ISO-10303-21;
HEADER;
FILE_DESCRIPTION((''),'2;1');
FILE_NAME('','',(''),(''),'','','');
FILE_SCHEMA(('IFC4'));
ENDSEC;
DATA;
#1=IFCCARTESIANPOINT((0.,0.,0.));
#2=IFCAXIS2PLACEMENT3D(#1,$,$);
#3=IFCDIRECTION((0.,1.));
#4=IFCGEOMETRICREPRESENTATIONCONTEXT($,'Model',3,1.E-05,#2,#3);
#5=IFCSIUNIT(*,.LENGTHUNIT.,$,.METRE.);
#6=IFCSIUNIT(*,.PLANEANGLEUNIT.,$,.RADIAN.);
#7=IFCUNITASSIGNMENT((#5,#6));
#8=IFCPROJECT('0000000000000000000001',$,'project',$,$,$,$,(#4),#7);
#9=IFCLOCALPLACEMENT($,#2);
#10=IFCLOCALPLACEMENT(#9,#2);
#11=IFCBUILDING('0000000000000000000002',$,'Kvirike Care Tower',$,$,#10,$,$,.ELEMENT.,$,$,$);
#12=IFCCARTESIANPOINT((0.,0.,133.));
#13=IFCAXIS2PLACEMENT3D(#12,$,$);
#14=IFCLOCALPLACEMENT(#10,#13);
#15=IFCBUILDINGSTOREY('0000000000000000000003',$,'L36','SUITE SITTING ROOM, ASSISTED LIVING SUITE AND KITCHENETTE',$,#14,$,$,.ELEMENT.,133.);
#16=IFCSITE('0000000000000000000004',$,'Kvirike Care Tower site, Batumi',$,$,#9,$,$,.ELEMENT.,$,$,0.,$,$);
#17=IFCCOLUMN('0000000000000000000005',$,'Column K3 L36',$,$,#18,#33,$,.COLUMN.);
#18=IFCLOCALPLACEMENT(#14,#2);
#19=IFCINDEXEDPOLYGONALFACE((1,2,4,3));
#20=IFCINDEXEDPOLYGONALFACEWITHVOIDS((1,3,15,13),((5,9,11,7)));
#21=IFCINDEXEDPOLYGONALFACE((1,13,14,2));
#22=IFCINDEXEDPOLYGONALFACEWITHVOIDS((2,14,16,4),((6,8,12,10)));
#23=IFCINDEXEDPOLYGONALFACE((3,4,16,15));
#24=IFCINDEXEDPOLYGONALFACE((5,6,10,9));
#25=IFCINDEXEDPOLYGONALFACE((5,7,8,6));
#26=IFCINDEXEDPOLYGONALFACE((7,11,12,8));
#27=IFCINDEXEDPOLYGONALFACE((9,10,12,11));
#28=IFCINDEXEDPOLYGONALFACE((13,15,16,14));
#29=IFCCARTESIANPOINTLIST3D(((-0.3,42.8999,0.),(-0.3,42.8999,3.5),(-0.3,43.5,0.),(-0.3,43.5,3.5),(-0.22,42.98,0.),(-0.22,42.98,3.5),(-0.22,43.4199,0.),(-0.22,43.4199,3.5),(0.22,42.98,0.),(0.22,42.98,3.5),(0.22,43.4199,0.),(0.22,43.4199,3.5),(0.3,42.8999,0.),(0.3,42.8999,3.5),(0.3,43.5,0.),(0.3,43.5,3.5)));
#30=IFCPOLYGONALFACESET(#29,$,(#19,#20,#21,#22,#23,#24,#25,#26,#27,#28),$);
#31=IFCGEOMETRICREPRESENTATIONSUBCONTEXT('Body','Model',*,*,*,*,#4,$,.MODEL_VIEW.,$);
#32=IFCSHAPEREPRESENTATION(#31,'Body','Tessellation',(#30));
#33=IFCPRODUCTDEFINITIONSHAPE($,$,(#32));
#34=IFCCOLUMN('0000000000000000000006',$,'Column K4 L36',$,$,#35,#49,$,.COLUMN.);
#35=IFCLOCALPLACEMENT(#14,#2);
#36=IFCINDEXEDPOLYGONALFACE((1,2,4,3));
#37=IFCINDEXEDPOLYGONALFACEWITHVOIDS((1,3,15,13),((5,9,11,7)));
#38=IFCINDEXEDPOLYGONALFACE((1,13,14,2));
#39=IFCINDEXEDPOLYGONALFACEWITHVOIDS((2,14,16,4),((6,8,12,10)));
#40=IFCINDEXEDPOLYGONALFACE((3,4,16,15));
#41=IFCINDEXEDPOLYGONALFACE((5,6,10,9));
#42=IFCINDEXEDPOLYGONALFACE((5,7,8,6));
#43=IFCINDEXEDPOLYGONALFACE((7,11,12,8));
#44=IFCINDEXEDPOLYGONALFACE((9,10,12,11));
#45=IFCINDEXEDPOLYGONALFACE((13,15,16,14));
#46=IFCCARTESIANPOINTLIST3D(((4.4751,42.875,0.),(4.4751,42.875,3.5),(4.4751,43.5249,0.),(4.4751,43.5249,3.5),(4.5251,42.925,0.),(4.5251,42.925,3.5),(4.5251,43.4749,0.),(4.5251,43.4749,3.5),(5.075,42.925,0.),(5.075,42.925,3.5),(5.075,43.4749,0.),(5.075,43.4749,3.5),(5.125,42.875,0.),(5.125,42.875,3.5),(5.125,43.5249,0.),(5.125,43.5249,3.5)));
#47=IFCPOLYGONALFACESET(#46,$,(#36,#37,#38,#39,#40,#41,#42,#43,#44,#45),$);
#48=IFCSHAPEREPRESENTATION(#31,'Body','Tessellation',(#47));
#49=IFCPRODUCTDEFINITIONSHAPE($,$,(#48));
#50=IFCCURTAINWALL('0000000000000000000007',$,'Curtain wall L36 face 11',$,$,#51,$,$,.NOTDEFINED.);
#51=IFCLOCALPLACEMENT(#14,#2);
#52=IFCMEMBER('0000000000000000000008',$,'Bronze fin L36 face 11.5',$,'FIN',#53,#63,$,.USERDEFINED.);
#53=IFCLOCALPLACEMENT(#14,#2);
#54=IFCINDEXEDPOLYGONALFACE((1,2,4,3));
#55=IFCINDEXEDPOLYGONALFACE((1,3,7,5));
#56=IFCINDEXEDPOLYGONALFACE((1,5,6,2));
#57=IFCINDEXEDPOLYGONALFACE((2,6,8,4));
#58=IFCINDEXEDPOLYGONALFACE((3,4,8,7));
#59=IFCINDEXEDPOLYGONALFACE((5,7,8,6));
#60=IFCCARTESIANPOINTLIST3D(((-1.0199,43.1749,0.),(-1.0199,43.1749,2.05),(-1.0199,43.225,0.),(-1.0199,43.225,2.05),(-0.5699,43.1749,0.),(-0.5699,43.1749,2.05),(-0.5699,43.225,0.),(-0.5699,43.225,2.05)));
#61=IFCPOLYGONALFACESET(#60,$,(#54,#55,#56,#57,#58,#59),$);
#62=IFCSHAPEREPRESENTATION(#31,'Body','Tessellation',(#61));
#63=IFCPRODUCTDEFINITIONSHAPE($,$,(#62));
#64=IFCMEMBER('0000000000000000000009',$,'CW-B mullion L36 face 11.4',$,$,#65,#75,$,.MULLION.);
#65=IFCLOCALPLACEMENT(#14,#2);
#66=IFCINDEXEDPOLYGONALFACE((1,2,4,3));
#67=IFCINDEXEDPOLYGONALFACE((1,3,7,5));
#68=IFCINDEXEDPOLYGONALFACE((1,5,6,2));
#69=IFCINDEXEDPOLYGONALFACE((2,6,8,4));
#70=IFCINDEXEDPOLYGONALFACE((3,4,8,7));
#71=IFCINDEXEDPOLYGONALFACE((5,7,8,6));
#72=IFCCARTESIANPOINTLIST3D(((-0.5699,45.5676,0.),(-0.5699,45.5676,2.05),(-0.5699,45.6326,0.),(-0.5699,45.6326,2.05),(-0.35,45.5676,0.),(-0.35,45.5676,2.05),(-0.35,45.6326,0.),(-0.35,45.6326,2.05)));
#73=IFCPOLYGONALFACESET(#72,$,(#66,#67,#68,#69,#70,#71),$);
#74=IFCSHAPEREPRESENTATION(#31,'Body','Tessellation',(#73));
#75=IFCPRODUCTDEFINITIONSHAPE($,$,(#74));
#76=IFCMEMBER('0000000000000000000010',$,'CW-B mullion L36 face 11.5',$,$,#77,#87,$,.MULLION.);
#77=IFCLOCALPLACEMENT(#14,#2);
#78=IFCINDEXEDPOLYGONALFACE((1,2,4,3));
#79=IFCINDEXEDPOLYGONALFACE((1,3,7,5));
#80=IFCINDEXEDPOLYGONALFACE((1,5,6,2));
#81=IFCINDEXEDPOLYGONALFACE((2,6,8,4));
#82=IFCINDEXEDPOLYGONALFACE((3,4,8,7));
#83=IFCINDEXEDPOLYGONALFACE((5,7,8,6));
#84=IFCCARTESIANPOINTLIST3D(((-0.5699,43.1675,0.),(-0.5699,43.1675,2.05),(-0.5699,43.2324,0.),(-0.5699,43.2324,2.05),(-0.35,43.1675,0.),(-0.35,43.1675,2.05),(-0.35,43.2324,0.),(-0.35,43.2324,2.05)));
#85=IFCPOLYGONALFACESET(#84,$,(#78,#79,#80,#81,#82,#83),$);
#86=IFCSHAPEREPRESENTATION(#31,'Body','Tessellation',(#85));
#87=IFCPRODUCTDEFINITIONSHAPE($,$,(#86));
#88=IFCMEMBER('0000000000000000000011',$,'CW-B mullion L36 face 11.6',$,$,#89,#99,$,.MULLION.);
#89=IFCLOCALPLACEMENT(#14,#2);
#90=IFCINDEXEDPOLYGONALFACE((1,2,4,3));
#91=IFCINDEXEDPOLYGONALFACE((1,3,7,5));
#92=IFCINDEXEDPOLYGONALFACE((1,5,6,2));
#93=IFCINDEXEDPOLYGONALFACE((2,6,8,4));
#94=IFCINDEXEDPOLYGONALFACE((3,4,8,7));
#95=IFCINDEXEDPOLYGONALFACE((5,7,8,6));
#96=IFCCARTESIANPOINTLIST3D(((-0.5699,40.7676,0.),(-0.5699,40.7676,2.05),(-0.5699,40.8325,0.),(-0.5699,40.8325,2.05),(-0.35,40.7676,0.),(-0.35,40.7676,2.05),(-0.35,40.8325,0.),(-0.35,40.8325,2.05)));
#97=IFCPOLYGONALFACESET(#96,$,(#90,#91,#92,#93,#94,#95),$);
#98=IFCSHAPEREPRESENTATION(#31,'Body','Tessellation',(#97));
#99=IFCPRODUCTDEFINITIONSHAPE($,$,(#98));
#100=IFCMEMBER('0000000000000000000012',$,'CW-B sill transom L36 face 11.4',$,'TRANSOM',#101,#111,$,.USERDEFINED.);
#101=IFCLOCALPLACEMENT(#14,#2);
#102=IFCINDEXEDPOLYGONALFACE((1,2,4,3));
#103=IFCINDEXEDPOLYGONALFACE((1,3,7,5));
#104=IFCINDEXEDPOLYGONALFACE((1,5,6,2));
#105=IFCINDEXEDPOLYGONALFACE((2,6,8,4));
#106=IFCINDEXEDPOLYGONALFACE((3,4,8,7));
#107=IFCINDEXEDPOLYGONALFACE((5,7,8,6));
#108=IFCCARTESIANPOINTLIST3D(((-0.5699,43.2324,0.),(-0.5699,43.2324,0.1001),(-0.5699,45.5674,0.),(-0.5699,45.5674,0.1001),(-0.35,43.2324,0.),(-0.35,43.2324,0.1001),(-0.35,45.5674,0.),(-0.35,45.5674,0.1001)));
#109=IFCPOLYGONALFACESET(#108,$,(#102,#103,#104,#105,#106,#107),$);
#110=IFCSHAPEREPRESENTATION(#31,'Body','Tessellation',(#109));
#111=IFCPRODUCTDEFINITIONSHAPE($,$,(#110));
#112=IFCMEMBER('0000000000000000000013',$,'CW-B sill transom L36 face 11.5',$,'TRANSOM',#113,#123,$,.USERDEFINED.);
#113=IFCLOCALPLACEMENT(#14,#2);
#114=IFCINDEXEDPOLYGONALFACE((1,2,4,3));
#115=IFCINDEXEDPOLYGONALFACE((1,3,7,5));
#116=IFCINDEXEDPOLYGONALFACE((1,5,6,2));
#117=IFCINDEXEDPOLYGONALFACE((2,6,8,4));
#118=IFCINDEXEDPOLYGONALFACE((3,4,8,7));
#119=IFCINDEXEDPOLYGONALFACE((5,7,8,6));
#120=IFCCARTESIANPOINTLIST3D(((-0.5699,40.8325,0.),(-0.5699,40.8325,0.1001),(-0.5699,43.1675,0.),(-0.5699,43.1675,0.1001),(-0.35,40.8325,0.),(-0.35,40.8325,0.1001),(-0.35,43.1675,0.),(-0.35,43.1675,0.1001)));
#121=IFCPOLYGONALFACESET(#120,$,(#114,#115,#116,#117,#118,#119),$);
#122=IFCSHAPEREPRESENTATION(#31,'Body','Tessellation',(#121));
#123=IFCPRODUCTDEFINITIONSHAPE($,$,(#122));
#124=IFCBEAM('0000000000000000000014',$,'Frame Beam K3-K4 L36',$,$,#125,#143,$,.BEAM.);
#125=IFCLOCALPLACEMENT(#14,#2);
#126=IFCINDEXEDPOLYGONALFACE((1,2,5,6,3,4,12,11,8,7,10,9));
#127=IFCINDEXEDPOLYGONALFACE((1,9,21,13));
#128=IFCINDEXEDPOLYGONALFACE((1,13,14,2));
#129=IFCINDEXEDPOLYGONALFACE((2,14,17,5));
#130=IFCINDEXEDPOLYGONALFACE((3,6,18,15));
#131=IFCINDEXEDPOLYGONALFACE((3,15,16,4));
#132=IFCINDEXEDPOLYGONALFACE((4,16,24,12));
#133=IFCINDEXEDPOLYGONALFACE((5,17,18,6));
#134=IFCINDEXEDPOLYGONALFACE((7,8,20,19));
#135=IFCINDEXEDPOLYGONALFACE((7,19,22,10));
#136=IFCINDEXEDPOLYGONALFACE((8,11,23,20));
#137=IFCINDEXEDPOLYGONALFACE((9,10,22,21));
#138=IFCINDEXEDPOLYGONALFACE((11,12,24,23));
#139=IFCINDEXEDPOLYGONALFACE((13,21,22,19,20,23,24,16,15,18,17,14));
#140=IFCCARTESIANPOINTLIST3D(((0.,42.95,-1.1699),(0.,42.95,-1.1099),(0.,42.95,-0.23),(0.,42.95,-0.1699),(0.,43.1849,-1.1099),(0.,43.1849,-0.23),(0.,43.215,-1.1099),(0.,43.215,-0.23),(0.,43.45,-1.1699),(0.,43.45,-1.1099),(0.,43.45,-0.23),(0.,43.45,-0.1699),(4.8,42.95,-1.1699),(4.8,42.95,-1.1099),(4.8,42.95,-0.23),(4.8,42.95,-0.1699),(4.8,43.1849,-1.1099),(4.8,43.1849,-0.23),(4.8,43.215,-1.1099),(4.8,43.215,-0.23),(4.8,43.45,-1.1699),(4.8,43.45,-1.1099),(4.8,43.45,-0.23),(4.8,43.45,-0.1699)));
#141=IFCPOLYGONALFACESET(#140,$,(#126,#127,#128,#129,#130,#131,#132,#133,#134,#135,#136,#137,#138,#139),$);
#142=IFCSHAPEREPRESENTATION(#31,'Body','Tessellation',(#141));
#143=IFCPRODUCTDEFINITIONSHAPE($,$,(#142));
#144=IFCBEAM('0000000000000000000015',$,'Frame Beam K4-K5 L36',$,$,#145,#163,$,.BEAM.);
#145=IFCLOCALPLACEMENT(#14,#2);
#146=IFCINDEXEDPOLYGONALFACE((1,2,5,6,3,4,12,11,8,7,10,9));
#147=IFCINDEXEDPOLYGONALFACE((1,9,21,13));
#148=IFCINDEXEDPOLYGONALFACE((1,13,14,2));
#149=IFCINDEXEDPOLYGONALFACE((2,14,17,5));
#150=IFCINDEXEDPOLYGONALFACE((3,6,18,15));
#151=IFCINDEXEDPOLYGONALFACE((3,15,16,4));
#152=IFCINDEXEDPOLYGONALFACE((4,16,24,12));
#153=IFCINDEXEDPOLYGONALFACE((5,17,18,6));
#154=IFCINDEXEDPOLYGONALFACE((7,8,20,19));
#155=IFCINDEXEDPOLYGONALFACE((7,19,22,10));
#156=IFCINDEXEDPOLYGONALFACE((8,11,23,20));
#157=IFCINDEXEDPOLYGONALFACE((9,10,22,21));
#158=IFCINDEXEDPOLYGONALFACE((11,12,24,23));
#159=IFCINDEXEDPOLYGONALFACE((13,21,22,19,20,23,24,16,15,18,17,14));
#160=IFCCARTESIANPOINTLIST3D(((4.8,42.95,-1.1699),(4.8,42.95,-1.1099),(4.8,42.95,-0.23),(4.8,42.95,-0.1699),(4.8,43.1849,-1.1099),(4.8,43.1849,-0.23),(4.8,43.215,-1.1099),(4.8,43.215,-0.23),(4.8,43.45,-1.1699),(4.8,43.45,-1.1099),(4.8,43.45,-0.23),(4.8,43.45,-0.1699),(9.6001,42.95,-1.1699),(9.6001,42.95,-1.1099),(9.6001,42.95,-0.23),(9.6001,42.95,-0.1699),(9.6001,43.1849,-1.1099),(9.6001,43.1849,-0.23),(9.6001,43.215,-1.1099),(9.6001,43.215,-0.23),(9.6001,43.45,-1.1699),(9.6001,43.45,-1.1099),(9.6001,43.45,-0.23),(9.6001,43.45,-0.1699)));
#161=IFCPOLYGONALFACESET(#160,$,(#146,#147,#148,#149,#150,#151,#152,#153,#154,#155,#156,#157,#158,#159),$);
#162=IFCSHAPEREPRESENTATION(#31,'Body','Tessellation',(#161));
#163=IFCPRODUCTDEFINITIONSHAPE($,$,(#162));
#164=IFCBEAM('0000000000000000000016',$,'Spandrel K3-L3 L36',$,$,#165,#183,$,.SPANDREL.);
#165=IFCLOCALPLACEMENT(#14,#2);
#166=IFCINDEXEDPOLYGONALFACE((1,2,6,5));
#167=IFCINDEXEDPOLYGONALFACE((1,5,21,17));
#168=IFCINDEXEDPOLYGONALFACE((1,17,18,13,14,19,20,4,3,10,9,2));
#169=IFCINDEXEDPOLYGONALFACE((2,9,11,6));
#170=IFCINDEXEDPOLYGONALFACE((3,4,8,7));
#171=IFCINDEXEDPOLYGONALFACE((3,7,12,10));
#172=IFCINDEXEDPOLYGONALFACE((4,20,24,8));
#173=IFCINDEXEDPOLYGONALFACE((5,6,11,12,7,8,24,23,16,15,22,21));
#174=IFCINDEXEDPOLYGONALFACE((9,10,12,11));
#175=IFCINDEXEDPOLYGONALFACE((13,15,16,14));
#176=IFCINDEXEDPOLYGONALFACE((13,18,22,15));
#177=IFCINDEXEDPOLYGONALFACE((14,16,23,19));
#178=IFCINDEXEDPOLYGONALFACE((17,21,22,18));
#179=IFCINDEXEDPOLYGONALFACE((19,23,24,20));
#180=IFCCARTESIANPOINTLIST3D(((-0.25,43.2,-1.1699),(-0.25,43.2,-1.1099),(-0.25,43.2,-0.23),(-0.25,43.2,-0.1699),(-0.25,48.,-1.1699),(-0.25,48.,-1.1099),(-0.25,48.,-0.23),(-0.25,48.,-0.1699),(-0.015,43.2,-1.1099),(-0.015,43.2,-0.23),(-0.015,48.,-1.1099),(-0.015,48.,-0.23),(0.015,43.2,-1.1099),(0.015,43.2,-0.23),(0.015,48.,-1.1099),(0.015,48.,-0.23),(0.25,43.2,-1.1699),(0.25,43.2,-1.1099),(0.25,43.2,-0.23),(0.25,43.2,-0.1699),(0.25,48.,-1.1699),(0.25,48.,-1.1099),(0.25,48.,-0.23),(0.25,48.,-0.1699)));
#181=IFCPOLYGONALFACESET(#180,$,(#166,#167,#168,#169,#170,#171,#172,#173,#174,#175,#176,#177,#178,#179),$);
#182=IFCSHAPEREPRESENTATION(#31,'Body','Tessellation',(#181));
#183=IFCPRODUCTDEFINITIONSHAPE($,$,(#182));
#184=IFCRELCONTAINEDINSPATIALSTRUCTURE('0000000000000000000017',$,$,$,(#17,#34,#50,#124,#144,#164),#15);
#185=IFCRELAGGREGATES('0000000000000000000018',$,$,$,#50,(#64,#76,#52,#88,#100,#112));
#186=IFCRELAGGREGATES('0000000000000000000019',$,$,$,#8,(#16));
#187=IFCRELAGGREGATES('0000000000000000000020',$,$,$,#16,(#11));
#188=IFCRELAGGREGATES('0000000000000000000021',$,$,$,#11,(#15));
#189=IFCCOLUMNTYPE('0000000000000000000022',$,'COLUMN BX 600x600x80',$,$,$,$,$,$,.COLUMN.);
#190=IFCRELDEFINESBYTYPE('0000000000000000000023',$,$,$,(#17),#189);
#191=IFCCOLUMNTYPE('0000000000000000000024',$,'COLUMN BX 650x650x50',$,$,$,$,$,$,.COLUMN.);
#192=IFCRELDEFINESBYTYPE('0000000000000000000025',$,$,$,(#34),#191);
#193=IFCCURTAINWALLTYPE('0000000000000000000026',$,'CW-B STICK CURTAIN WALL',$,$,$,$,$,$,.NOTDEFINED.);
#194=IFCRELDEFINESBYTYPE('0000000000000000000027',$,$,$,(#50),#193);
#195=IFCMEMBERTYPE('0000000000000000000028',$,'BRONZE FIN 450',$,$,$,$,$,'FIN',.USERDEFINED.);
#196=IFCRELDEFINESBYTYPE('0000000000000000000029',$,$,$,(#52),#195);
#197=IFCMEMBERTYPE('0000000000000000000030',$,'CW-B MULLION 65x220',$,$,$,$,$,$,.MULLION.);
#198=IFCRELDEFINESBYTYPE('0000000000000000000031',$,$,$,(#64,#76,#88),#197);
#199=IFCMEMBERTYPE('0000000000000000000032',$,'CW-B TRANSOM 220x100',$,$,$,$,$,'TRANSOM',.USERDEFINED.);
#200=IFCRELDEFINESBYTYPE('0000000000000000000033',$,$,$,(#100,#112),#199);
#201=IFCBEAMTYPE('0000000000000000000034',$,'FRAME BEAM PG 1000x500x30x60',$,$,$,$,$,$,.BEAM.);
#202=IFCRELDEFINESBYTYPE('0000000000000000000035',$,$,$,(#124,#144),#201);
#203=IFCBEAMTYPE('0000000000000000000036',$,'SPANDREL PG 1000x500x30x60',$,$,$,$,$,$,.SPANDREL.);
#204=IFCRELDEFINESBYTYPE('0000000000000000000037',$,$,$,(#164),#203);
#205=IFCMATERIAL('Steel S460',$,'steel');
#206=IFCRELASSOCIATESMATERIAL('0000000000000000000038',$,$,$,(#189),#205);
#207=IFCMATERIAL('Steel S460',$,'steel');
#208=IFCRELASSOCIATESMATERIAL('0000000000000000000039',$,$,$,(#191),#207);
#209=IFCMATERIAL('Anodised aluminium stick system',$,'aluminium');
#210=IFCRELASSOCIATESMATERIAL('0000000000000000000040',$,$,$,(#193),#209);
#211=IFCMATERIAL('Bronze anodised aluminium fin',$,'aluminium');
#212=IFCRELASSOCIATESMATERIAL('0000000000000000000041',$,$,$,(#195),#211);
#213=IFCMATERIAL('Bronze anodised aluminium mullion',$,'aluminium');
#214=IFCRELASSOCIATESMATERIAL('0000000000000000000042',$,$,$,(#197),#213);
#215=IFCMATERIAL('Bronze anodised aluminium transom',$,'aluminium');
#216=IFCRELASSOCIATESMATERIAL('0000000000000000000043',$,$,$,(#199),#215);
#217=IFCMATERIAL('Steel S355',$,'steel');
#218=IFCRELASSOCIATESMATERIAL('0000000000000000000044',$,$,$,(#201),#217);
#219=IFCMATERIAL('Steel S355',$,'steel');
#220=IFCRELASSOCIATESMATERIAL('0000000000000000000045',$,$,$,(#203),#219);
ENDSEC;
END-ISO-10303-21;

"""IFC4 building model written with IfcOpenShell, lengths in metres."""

from ifc_helpers import new_model, si_unit, direction, frame, origin, origin_2d, place, context, subcontext, project, spatial, rectangle, hollow_rectangle, i_section, extrude, material, material_profile, profile_set, type_object, element, aggregate, save


model = new_model("IFC4")

# Units and contexts
model_context = context("Model", 3, precision=1e-05, world=origin(), true_north=direction((0.0, 1.0)))
body_context = subcontext(model_context, "Body", "Model", "MODEL_VIEW")
ifc_project = project(units=[si_unit("LENGTHUNIT", "METRE"), si_unit("PLANEANGLEUNIT", "RADIAN")], contexts=[model_context])

# Site, building, storey
site_placement = place(None, origin())
site = spatial("IfcSite", under=ifc_project, at=site_placement, Name="Kvirike Care Tower site, Batumi", CompositionType="ELEMENT", RefElevation=0.0)
building_placement = place(site_placement, origin())
building = spatial("IfcBuilding", under=site, at=building_placement, Name="Kvirike Care Tower", CompositionType="ELEMENT")
storey_placement = place(building_placement, frame((0.0, 0.0, 133.0)))
storey = spatial("IfcBuildingStorey", under=building, at=storey_placement, Name="L36", Description="SUITE SITTING ROOM, ASSISTED LIVING SUITE AND KITCHENETTE", CompositionType="ELEMENT", Elevation=133.0)

# Columns
ifc_material_1 = material(Name="Steel S460", Category="steel")
ifc_material_profile_1 = material_profile(ifc_material_1, hollow_rectangle(XDim=0.6001, YDim=0.6001, WallThickness=0.0801, at=origin_2d()), Name="BX 600x600x80")
ifc_profile_set_1 = profile_set([ifc_material_profile_1], Name="Steel S460")
column_type_1 = type_object("IfcColumnType", Name="COLUMN BX 600x600x80", PredefinedType="COLUMN", material=ifc_profile_set_1)
column_1_placement = place(storey_placement, frame((0.0, 43.2, 0.0), z_axis=(0.0, 0.0, 1.0), x_axis=(0.0, 1.0, 0.0)))
element("IfcColumn", 1, at=column_1_placement, inside=storey, type_object=column_type_1, Name="Column K3 L36", PredefinedType="COLUMN", context=body_context, shape_type="SweptSolid", body=[
    extrude(hollow_rectangle(XDim=0.6001, YDim=0.6001, WallThickness=0.0801, at=origin_2d()), origin(), (0.0, 0.0, 1.0), 3.5),
])
ifc_material_2 = material(Name="Steel S460", Category="steel")
ifc_material_profile_2 = material_profile(ifc_material_2, hollow_rectangle(XDim=0.6499, YDim=0.6499, WallThickness=0.05, at=origin_2d()), Name="BX 650x650x50")
ifc_profile_set_2 = profile_set([ifc_material_profile_2], Name="Steel S460")
column_type_2 = type_object("IfcColumnType", Name="COLUMN BX 650x650x50", PredefinedType="COLUMN", material=ifc_profile_set_2)
column_2_placement = place(storey_placement, frame((4.8, 43.2, 0.0), z_axis=(0.0, 0.0, 1.0), x_axis=(0.0, 1.0, 0.0)))
element("IfcColumn", 2, at=column_2_placement, inside=storey, type_object=column_type_2, Name="Column K4 L36", PredefinedType="COLUMN", context=body_context, shape_type="SweptSolid", body=[
    extrude(hollow_rectangle(XDim=0.6499, YDim=0.6499, WallThickness=0.05, at=origin_2d()), origin(), (0.0, 0.0, 1.0), 3.5),
])

# Curtain wall, members
ifc_material_3 = material(Name="Anodised aluminium stick system", Category="aluminium")
curtain_wall_type = type_object("IfcCurtainWallType", Name="CW-B STICK CURTAIN WALL", PredefinedType="NOTDEFINED", material=ifc_material_3)
curtain_wall_placement = place(storey_placement, origin())
curtain_wall = element("IfcCurtainWall", 3, at=curtain_wall_placement, inside=storey, type_object=curtain_wall_type, Name="Curtain wall L36 face 11", PredefinedType="NOTDEFINED")
ifc_material_4 = material(Name="Bronze anodised aluminium fin", Category="aluminium")
ifc_material_profile_3 = material_profile(ifc_material_4, rectangle(XDim=0.05, YDim=0.45, at=origin_2d()), Name="BRONZE FIN 450")
ifc_profile_set_3 = profile_set([ifc_material_profile_3], Name="Bronze anodised aluminium fin")
member_type_1 = type_object("IfcMemberType", Name="BRONZE FIN 450", ElementType="FIN", PredefinedType="USERDEFINED", material=ifc_profile_set_3)
member_1_placement = place(storey_placement, frame((-0.7949, 43.2, 0.0), z_axis=(0.0, 0.0, 1.0), x_axis=(0.0, -1.0, 0.0)))
member_1 = element("IfcMember", 4, at=member_1_placement, type_object=member_type_1, Name="Bronze fin L36 face 11.5", ObjectType="FIN", PredefinedType="USERDEFINED", context=body_context, shape_type="SweptSolid", body=[
    extrude(rectangle(XDim=0.05, YDim=0.45, at=origin_2d()), origin(), (0.0, 0.0, 1.0), 2.05),
])
ifc_material_5 = material(Name="Bronze anodised aluminium mullion", Category="aluminium")
ifc_material_profile_4 = material_profile(ifc_material_5, rectangle(XDim=0.0649, YDim=0.22, at=origin_2d()), Name="CW-B MULLION 65x220")
ifc_profile_set_4 = profile_set([ifc_material_profile_4], Name="Bronze anodised aluminium mullion")
member_type_2 = type_object("IfcMemberType", Name="CW-B MULLION 65x220", PredefinedType="MULLION", material=ifc_profile_set_4)
member_2_placement = place(storey_placement, frame((-0.46, 45.6001, 0.0), z_axis=(0.0, 0.0, 1.0), x_axis=(0.0, -1.0, 0.0)))
member_2 = element("IfcMember", 5, at=member_2_placement, type_object=member_type_2, Name="CW-B mullion L36 face 11.4", PredefinedType="MULLION", context=body_context, shape_type="SweptSolid", body=[
    extrude(rectangle(XDim=0.0649, YDim=0.22, at=origin_2d()), origin(), (0.0, 0.0, 1.0), 2.05),
])
member_3_placement = place(storey_placement, frame((-0.46, 43.2, 0.0), z_axis=(0.0, 0.0, 1.0), x_axis=(0.0, -1.0, 0.0)))
member_3 = element("IfcMember", 6, at=member_3_placement, type_object=member_type_2, Name="CW-B mullion L36 face 11.5", PredefinedType="MULLION", context=body_context, shape_type="SweptSolid", body=[
    extrude(rectangle(XDim=0.0649, YDim=0.22, at=origin_2d()), origin(), (0.0, 0.0, 1.0), 2.05),
])
member_4_placement = place(storey_placement, frame((-0.46, 40.8, 0.0), z_axis=(0.0, 0.0, 1.0), x_axis=(0.0, -1.0, 0.0)))
member_4 = element("IfcMember", 7, at=member_4_placement, type_object=member_type_2, Name="CW-B mullion L36 face 11.6", PredefinedType="MULLION", context=body_context, shape_type="SweptSolid", body=[
    extrude(rectangle(XDim=0.0649, YDim=0.22, at=origin_2d()), origin(), (0.0, 0.0, 1.0), 2.05),
])
ifc_material_6 = material(Name="Bronze anodised aluminium transom", Category="aluminium")
ifc_material_profile_5 = material_profile(ifc_material_6, rectangle(XDim=0.22, YDim=0.1001, at=origin_2d()), Name="CW-B TRANSOM 220x100")
ifc_profile_set_5 = profile_set([ifc_material_profile_5], Name="Bronze anodised aluminium transom")
member_type_3 = type_object("IfcMemberType", Name="CW-B TRANSOM 220x100", ElementType="TRANSOM", PredefinedType="USERDEFINED", material=ifc_profile_set_5)
member_5_placement = place(storey_placement, frame((-0.46, 45.5674, 0.05), z_axis=(0.0, -1.0, 0.0), x_axis=(1.0, 0.0, 0.0)))
member_5 = element("IfcMember", 8, at=member_5_placement, type_object=member_type_3, Name="CW-B sill transom L36 face 11.4", ObjectType="TRANSOM", PredefinedType="USERDEFINED", context=body_context, shape_type="SweptSolid", body=[
    extrude(rectangle(XDim=0.22, YDim=0.1001, at=origin_2d()), origin(), (0.0, 0.0, 1.0), 2.335),
])
member_6_placement = place(storey_placement, frame((-0.46, 43.1675, 0.05), z_axis=(0.0, -1.0, 0.0), x_axis=(1.0, 0.0, 0.0)))
member_6 = element("IfcMember", 9, at=member_6_placement, type_object=member_type_3, Name="CW-B sill transom L36 face 11.5", ObjectType="TRANSOM", PredefinedType="USERDEFINED", context=body_context, shape_type="SweptSolid", body=[
    extrude(rectangle(XDim=0.22, YDim=0.1001, at=origin_2d()), origin(), (0.0, 0.0, 1.0), 2.335),
])

# Beams
ifc_material_7 = material(Name="Steel S355", Category="steel")
ifc_material_profile_6 = material_profile(ifc_material_7, i_section(OverallWidth=0.5, OverallDepth=1.0, WebThickness=0.03, FlangeThickness=0.0601, at=origin_2d()), Name="PG 1000x500x30x60")
ifc_profile_set_6 = profile_set([ifc_material_profile_6], Name="Steel S355")
beam_type_1 = type_object("IfcBeamType", Name="FRAME BEAM PG 1000x500x30x60", PredefinedType="BEAM", material=ifc_profile_set_6)
for number, where, z_axis, x_axis, name in (
    (10, (0.0, 43.2, -0.6699), (1.0, 0.0, 0.0), (0.0, 1.0, 0.0), "Frame Beam K3-K4 L36"),
    (11, (4.8, 43.2, -0.6699), (1.0, 0.0, 0.0), (0.0, 1.0, 0.0), "Frame Beam K4-K5 L36"),
):
    element("IfcBeam", number, at=place(storey_placement, frame(where, z_axis=z_axis, x_axis=x_axis)), inside=storey, type_object=beam_type_1, Name=name, PredefinedType="BEAM", context=body_context, shape_type="SweptSolid", body=[
        extrude(i_section(OverallWidth=0.5, OverallDepth=1.0, WebThickness=0.03, FlangeThickness=0.0601, at=origin_2d()), origin(), (0.0, 0.0, 1.0), 4.8),
    ])
ifc_material_8 = material(Name="Steel S355", Category="steel")
ifc_material_profile_7 = material_profile(ifc_material_8, i_section(OverallWidth=0.5, OverallDepth=1.0, WebThickness=0.03, FlangeThickness=0.0601, at=origin_2d()), Name="PG 1000x500x30x60")
ifc_profile_set_7 = profile_set([ifc_material_profile_7], Name="Steel S355")
beam_type_2 = type_object("IfcBeamType", Name="SPANDREL PG 1000x500x30x60", PredefinedType="SPANDREL", material=ifc_profile_set_7)
beam_placement = place(storey_placement, frame((0.0, 43.2, -0.6699), z_axis=(0.0, 1.0, 0.0), x_axis=(-1.0, 0.0, 0.0)))
element("IfcBeam", 12, at=beam_placement, inside=storey, type_object=beam_type_2, Name="Spandrel K3-L3 L36", PredefinedType="SPANDREL", context=body_context, shape_type="SweptSolid", body=[
    extrude(i_section(OverallWidth=0.5, OverallDepth=1.0, WebThickness=0.03, FlangeThickness=0.0601, at=origin_2d()), origin(), (0.0, 0.0, 1.0), 4.8),
])

aggregate(curtain_wall, [member_2, member_3, member_1, member_4, member_5, member_6])

save(model, "model.ifc")
